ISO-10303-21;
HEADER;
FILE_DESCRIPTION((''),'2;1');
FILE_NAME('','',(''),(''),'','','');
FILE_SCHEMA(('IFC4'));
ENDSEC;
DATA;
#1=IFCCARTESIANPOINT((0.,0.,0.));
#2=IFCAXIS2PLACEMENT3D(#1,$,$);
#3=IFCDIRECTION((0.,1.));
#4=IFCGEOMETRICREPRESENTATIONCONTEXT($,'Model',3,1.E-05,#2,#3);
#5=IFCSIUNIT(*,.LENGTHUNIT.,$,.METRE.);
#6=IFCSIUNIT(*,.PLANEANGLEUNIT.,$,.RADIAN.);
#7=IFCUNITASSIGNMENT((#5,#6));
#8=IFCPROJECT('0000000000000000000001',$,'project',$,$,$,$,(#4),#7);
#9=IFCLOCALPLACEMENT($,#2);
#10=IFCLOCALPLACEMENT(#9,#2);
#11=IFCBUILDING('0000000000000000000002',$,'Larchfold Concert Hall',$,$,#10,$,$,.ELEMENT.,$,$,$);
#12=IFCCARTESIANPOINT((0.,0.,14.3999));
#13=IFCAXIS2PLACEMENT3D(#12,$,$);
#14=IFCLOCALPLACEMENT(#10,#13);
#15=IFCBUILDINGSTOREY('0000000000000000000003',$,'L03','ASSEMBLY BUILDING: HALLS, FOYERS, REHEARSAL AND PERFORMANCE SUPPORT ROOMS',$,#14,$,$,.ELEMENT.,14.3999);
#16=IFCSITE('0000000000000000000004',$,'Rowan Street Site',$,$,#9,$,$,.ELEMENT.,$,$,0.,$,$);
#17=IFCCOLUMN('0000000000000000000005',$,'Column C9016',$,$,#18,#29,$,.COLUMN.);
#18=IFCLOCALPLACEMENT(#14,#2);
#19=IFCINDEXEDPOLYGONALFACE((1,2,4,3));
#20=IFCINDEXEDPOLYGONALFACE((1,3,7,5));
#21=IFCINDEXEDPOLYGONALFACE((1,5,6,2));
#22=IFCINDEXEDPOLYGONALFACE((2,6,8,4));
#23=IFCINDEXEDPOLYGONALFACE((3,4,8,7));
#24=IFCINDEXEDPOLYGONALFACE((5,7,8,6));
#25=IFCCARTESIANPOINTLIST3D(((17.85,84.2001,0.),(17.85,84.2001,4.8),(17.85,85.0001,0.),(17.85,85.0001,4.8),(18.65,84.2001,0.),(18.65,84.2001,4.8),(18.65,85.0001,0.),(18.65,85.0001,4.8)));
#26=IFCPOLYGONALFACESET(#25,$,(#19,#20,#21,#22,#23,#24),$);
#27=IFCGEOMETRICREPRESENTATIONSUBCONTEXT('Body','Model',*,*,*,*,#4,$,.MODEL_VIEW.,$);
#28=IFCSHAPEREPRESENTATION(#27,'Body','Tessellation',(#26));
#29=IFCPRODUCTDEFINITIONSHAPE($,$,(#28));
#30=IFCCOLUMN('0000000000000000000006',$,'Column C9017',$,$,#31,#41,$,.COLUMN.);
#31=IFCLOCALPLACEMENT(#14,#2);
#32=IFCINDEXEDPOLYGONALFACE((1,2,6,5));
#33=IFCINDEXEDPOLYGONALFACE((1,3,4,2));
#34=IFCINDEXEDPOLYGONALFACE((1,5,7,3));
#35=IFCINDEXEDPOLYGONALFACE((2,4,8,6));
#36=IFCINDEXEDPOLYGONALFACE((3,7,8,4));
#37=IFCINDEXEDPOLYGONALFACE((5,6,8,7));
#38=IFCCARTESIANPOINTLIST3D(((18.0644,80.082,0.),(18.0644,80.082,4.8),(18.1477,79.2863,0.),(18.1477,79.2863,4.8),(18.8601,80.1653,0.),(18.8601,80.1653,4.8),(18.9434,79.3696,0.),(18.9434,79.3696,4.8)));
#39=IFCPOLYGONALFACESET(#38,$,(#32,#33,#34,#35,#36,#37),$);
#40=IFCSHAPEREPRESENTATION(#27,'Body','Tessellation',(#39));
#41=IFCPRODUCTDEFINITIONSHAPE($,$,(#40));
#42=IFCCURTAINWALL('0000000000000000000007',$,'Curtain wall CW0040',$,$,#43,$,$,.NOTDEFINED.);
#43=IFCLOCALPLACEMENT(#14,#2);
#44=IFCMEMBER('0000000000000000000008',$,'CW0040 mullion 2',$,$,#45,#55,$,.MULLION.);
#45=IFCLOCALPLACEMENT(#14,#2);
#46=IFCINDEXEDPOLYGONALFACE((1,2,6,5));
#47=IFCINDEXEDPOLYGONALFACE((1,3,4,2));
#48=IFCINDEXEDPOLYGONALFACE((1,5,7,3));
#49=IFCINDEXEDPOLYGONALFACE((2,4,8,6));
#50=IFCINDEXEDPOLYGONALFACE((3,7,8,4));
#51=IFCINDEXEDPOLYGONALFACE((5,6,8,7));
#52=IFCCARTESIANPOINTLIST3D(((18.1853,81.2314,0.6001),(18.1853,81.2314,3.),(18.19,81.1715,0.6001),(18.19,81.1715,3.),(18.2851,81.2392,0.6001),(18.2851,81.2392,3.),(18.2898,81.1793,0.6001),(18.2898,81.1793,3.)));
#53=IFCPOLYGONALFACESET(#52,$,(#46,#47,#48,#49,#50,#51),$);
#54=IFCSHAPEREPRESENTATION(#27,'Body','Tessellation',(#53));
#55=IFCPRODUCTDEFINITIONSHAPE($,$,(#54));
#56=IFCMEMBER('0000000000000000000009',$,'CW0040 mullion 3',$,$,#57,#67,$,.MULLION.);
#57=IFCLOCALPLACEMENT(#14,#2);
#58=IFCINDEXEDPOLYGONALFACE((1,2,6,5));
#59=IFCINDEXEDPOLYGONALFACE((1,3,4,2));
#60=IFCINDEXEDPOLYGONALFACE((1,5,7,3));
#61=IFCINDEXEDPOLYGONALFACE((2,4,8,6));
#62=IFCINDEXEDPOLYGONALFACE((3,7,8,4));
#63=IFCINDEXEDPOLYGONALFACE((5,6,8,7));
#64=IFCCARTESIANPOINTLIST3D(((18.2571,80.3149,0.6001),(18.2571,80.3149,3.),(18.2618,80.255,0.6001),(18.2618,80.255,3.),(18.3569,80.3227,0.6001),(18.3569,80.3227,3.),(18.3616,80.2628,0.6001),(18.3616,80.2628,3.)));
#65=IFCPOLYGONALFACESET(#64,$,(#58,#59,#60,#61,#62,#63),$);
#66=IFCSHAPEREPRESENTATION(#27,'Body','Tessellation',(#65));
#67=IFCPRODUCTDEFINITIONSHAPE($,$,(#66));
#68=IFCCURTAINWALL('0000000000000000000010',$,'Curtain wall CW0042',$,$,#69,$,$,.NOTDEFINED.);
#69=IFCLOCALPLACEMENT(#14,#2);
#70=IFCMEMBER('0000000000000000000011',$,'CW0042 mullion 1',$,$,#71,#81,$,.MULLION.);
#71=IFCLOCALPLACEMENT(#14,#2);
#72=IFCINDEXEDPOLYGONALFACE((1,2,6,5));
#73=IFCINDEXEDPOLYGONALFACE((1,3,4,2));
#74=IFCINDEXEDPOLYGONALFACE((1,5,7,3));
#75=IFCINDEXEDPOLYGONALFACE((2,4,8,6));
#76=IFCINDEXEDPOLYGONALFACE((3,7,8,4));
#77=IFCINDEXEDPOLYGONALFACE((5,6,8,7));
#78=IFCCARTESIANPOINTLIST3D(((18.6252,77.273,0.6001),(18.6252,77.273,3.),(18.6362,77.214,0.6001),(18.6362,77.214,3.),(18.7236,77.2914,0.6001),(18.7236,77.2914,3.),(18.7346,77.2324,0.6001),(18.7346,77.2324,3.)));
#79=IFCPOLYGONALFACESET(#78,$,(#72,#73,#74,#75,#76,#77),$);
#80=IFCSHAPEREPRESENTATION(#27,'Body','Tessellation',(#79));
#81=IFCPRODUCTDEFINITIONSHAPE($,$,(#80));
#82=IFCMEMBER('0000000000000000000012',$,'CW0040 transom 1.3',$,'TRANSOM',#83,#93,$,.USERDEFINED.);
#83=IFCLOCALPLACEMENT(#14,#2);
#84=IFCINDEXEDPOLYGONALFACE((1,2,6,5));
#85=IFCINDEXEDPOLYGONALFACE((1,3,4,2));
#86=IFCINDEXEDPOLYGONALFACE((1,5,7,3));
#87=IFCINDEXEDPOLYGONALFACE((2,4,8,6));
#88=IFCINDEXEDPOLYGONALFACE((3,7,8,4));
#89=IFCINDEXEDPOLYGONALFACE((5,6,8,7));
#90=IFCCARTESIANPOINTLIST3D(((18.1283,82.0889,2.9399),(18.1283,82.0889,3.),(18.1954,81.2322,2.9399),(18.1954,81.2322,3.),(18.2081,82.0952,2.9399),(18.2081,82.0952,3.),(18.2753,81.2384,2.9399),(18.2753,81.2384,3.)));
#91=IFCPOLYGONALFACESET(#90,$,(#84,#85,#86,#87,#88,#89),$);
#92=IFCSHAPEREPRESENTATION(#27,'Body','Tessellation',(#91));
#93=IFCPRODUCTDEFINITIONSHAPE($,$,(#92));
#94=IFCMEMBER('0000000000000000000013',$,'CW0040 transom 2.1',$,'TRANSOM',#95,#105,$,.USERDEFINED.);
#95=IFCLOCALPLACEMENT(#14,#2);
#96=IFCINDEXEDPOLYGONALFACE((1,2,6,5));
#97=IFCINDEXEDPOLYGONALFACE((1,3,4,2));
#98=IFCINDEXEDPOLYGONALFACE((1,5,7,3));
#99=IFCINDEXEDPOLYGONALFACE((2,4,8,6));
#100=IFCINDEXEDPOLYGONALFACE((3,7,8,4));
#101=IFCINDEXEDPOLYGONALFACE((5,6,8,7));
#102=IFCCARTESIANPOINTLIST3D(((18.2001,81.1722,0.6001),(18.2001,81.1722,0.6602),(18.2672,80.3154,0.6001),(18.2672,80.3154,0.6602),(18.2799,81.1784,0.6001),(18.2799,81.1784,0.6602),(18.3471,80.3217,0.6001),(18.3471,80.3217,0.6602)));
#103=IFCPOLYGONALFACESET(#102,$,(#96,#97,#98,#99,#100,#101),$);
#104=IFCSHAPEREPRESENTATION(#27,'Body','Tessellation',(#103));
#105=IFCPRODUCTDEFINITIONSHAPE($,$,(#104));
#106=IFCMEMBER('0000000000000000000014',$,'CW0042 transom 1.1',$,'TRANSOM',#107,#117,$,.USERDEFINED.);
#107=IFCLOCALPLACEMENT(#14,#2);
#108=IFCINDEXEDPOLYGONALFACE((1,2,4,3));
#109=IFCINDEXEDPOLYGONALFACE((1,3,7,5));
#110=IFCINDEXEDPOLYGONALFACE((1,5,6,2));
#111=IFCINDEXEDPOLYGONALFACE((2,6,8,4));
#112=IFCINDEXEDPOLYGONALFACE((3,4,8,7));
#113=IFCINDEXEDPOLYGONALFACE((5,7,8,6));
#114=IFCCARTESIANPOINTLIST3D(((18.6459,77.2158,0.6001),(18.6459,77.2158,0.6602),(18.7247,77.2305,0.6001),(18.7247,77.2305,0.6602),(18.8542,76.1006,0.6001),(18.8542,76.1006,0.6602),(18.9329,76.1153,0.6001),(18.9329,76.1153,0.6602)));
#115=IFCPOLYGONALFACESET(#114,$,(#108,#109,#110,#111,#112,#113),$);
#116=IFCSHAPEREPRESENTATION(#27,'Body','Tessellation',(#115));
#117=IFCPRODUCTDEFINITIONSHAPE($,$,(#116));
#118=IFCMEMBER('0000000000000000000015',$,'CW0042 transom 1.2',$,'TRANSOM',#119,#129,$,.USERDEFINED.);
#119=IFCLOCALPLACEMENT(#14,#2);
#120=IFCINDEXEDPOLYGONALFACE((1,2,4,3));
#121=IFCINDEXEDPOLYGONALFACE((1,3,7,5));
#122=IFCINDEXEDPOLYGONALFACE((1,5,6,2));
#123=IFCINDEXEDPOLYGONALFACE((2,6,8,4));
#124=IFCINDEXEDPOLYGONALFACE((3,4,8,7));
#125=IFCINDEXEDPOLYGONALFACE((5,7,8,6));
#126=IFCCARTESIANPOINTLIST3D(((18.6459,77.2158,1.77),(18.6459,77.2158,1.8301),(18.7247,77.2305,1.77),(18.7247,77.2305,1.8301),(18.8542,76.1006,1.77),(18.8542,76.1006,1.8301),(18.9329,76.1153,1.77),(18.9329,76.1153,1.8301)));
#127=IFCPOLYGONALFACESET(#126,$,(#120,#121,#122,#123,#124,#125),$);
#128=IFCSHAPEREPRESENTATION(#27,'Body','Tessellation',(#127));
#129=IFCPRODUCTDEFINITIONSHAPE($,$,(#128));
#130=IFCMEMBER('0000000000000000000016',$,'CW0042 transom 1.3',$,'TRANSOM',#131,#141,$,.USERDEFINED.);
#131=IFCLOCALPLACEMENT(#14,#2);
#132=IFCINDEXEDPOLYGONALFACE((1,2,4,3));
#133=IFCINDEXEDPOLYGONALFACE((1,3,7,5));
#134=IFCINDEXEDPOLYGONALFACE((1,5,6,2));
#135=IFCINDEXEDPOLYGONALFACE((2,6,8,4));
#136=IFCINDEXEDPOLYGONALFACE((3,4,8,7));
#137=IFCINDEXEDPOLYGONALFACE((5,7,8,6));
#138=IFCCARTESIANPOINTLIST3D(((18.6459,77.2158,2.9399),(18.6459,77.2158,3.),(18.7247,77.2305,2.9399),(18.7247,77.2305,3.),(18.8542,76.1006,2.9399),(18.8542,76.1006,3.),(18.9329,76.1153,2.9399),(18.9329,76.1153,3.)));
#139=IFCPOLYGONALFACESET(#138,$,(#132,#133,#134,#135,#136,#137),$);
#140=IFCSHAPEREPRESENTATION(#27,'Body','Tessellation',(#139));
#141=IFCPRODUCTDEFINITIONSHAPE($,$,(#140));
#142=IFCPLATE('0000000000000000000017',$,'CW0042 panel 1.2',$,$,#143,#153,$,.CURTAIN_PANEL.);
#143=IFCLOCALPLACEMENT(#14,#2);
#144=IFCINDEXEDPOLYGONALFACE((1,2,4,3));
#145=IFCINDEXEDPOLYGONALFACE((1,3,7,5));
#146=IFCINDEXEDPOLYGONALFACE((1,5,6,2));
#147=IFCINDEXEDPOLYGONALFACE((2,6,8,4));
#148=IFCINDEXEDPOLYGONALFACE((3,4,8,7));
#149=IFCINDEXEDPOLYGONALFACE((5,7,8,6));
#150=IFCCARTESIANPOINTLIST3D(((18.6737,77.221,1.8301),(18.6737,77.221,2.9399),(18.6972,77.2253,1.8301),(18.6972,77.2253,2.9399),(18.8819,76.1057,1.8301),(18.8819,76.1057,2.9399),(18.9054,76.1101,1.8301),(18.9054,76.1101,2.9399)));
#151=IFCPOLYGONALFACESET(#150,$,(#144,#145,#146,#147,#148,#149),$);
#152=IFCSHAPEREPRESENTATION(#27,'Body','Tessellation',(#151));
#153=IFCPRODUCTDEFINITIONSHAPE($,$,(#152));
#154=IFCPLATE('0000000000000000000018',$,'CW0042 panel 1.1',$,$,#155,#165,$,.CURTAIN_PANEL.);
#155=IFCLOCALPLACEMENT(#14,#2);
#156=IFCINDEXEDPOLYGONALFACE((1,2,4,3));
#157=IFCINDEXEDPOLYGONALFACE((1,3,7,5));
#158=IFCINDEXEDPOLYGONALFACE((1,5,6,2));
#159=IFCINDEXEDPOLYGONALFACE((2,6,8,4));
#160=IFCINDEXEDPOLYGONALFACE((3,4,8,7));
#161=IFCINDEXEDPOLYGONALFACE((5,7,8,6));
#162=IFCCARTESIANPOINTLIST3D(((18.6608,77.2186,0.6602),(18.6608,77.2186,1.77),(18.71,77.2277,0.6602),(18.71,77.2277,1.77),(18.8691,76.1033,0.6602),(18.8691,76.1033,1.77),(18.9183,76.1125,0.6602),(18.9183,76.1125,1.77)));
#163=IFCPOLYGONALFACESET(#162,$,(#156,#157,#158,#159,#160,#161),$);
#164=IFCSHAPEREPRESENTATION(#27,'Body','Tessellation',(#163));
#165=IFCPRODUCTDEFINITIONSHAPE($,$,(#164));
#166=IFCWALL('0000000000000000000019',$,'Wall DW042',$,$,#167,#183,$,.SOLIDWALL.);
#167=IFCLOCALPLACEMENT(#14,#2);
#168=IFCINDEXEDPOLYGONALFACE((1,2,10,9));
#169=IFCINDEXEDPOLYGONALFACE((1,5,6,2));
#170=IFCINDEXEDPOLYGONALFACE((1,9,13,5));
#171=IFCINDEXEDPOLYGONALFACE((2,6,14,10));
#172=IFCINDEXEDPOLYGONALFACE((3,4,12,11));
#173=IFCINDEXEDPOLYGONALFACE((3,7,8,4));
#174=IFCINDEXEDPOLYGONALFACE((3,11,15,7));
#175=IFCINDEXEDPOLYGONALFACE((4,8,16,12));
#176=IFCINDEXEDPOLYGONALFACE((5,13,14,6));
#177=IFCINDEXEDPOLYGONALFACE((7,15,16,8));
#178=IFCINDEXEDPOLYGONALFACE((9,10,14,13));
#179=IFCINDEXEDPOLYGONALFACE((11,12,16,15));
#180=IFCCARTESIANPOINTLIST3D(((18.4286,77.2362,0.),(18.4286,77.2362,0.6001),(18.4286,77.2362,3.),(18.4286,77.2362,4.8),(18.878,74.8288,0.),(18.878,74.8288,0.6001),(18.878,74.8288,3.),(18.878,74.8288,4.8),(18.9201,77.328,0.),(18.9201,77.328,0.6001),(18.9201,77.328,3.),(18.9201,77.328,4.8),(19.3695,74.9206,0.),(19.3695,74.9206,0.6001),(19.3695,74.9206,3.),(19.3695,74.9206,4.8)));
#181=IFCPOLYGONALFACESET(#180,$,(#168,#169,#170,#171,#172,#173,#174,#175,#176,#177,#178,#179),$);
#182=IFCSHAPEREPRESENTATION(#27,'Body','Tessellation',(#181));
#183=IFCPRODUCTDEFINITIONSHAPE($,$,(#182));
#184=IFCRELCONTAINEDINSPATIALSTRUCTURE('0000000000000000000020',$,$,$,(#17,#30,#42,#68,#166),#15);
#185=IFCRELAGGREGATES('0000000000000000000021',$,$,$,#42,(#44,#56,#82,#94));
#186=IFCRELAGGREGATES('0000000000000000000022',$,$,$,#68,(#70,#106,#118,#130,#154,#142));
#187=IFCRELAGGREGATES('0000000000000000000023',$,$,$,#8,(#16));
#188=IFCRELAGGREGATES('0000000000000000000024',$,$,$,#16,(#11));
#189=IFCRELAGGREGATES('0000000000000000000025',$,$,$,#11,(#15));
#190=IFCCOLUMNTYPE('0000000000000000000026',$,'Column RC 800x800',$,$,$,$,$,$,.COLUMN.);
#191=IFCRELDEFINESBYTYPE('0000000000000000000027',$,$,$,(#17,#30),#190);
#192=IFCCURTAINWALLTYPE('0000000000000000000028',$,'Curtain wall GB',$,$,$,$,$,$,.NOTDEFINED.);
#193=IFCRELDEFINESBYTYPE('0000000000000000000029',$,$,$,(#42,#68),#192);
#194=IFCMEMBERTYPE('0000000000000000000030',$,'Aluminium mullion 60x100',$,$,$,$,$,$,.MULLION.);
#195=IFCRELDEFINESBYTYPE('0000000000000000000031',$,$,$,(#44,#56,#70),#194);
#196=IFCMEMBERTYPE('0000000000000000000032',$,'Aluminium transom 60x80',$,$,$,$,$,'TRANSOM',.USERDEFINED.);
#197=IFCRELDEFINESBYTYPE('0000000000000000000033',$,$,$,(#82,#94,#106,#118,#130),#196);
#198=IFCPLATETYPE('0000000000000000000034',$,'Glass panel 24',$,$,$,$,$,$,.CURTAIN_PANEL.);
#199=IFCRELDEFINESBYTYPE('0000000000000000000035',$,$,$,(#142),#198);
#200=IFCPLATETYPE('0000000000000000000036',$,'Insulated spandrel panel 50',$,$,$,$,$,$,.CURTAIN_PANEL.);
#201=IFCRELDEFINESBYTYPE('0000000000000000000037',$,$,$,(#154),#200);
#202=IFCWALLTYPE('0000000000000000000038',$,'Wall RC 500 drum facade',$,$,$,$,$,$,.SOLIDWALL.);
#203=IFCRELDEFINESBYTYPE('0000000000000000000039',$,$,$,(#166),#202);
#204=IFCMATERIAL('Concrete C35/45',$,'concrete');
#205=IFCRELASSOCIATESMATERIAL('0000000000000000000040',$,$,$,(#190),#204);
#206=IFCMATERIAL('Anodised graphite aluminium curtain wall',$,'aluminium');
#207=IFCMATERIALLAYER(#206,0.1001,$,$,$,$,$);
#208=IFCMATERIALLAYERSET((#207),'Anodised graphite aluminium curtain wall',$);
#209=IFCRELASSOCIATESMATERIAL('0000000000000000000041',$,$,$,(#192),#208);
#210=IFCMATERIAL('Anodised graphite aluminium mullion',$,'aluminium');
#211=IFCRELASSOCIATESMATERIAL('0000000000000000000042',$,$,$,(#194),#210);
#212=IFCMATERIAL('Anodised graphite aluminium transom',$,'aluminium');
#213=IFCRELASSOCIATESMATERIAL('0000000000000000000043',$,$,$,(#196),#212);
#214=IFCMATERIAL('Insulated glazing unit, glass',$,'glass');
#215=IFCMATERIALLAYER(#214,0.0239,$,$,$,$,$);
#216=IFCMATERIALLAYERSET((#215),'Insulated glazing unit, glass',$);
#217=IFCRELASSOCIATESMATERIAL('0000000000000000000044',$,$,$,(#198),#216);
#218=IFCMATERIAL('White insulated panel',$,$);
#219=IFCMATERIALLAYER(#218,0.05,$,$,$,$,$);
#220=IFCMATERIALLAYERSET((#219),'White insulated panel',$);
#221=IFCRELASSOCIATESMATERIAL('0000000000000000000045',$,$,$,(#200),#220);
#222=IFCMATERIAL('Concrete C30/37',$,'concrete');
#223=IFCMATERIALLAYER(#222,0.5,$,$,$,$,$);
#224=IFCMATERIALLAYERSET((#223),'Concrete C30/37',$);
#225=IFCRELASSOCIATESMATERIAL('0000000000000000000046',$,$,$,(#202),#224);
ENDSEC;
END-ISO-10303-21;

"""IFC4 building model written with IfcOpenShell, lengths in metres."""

from ifc_helpers import new_model, si_unit, direction, frame, frame_2d, origin, origin_2d, place, context, subcontext, project, spatial, rectangle, extrude, material, layer, layer_set, material_profile, profile_set, type_object, element, fill, aggregate, save


model = new_model("IFC4")

# Units and contexts
model_context = context("Model", 3, precision=1e-05, world=origin(), true_north=direction((0.0, 1.0)))
body_context = subcontext(model_context, "Body", "Model", "MODEL_VIEW")
ifc_project = project(units=[si_unit("LENGTHUNIT", "METRE"), si_unit("PLANEANGLEUNIT", "RADIAN")], contexts=[model_context])

# Site, building, storey
site_placement = place(None, origin())
site = spatial("IfcSite", under=ifc_project, at=site_placement, Name="Rowan Street Site", CompositionType="ELEMENT", RefElevation=0.0)
building_placement = place(site_placement, origin())
building = spatial("IfcBuilding", under=site, at=building_placement, Name="Larchfold Concert Hall", CompositionType="ELEMENT")
storey_placement = place(building_placement, frame((0.0, 0.0, 14.3999)))
storey = spatial("IfcBuildingStorey", under=building, at=storey_placement, Name="L03", Description="ASSEMBLY BUILDING: HALLS, FOYERS, REHEARSAL AND PERFORMANCE SUPPORT ROOMS", CompositionType="ELEMENT", Elevation=14.3999)

# Columns
ifc_material_1 = material(Name="Concrete C35/45", Category="concrete")
ifc_material_profile_1 = material_profile(ifc_material_1, rectangle(XDim=0.8, YDim=0.8, at=origin_2d()))
ifc_profile_set_1 = profile_set([ifc_material_profile_1], Name="Concrete C35/45")
column_type = type_object("IfcColumnType", Name="Column RC 800x800", PredefinedType="COLUMN", material=ifc_profile_set_1)
for number, where, z_axis, x_axis, name in (
    (1, (18.25, 84.6001, 0.0), (0.0, 0.0, 1.0), (0.000002, 1.0, 0.0), "Column C9016"),
    (2, (18.5039, 79.7258, 0.0), (0.0, 0.0, 1.0), (0.994561, 0.104152, 0.0), "Column C9017"),
):
    element("IfcColumn", number, at=place(storey_placement, frame(where, z_axis=z_axis, x_axis=x_axis)), inside=storey, type_object=column_type, Name=name, PredefinedType="COLUMN", context=body_context, shape_type="SweptSolid", body=[
        extrude(rectangle(XDim=0.8, YDim=0.8, at=origin_2d()), origin(), (0.0, 0.0, 1.0), 4.8),
    ])

# Curtain wall, members
ifc_material_2 = material(Name="Anodised graphite aluminium curtain wall", Category="aluminium")
ifc_layer_1 = layer(ifc_material_2, 0.1001)
ifc_layer_set_1 = layer_set([ifc_layer_1], Name="Anodised graphite aluminium curtain wall")
curtain_wall_type = type_object("IfcCurtainWallType", Name="Curtain wall GB", PredefinedType="NOTDEFINED", material=ifc_layer_set_1)
curtain_wall_1_placement = place(storey_placement, origin())
curtain_wall_1 = element("IfcCurtainWall", 3, at=curtain_wall_1_placement, inside=storey, type_object=curtain_wall_type, Name="Curtain wall CW0040", PredefinedType="NOTDEFINED")
ifc_material_3 = material(Name="Anodised graphite aluminium mullion", Category="aluminium")
ifc_material_profile_2 = material_profile(ifc_material_3, rectangle(XDim=0.1001, YDim=0.0601, at=origin_2d()))
ifc_profile_set_2 = profile_set([ifc_material_profile_2], Name="Anodised graphite aluminium mullion")
member_type_1 = type_object("IfcMemberType", Name="Aluminium mullion 60x100", PredefinedType="MULLION", material=ifc_profile_set_2)
member_1_placement = place(storey_placement, frame((18.2375, 81.2053, 0.6001), z_axis=(0.0, 0.0, 1.0), x_axis=(0.99695, 0.078043, 0.0)))
member_1 = element("IfcMember", 4, at=member_1_placement, type_object=member_type_1, Name="CW0040 mullion 2", PredefinedType="MULLION", context=body_context, shape_type="SweptSolid", body=[
    extrude(rectangle(XDim=0.1001, YDim=0.0601, at=origin_2d()), origin(), (0.0, 0.0, 1.0), 2.3999),
])
member_2_placement = place(storey_placement, frame((18.3093, 80.2888, 0.6001), z_axis=(0.0, 0.0, 1.0), x_axis=(0.99695, 0.078043, 0.0)))
member_2 = element("IfcMember", 5, at=member_2_placement, type_object=member_type_1, Name="CW0040 mullion 3", PredefinedType="MULLION", context=body_context, shape_type="SweptSolid", body=[
    extrude(rectangle(XDim=0.1001, YDim=0.0601, at=origin_2d()), origin(), (0.0, 0.0, 1.0), 2.3999),
])

# Curtain wall, member
curtain_wall_2_placement = place(storey_placement, origin())
curtain_wall_2 = element("IfcCurtainWall", 6, at=curtain_wall_2_placement, inside=storey, type_object=curtain_wall_type, Name="Curtain wall CW0042", PredefinedType="NOTDEFINED")
member_3_placement = place(storey_placement, frame((18.6799, 77.2527, 0.6001), z_axis=(0.0, 0.0, 1.0), x_axis=(0.983015, 0.183524, 0.0)))
member_3 = element("IfcMember", 7, at=member_3_placement, type_object=member_type_1, Name="CW0042 mullion 1", PredefinedType="MULLION", context=body_context, shape_type="SweptSolid", body=[
    extrude(rectangle(XDim=0.1001, YDim=0.0601, at=origin_2d()), origin(), (0.0, 0.0, 1.0), 2.3999),
])

# Members
ifc_material_4 = material(Name="Anodised graphite aluminium transom", Category="aluminium")
ifc_material_profile_3 = material_profile(ifc_material_4, rectangle(XDim=0.0801, YDim=0.0601, at=origin_2d()))
ifc_profile_set_3 = profile_set([ifc_material_profile_3], Name="Anodised graphite aluminium transom")
member_type_2 = type_object("IfcMemberType", Name="Aluminium transom 60x80", ElementType="TRANSOM", PredefinedType="USERDEFINED", material=ifc_profile_set_3)
member_4_placement = place(storey_placement, frame((18.1682, 82.092, 2.97), z_axis=(0.07813, -0.996943, 0.0), x_axis=(0.996943, 0.07813, 0.0)))
member_4 = element("IfcMember", 8, at=member_4_placement, type_object=member_type_2, Name="CW0040 transom 1.3", ObjectType="TRANSOM", PredefinedType="USERDEFINED", context=body_context, shape_type="SweptSolid", body=[
    extrude(rectangle(XDim=0.0801, YDim=0.0601, at=origin_2d()), origin(), (0.0, 0.0, 1.0), 0.8594),
])
member_5_placement = place(storey_placement, frame((18.24, 81.1753, 0.6301), z_axis=(0.07813, -0.996943, 0.0), x_axis=(0.996943, 0.07813, 0.0)))
member_5 = element("IfcMember", 9, at=member_5_placement, type_object=member_type_2, Name="CW0040 transom 2.1", ObjectType="TRANSOM", PredefinedType="USERDEFINED", context=body_context, shape_type="SweptSolid", body=[
    extrude(rectangle(XDim=0.0801, YDim=0.0601, at=origin_2d()), origin(), (0.0, 0.0, 1.0), 0.8594),
])
member_6_placement = place(storey_placement, frame((18.6853, 77.2231, 0.6301), z_axis=(0.183561, -0.983008, 0.0), x_axis=(0.983008, 0.183561, 0.0)))
member_6 = element("IfcMember", 10, at=member_6_placement, type_object=member_type_2, Name="CW0042 transom 1.1", ObjectType="TRANSOM", PredefinedType="USERDEFINED", context=body_context, shape_type="SweptSolid", body=[
    extrude(rectangle(XDim=0.0801, YDim=0.0601, at=origin_2d()), origin(), (0.0, 0.0, 1.0), 1.1345),
])
member_7_placement = place(storey_placement, frame((18.6853, 77.2231, 1.8), z_axis=(0.183561, -0.983008, 0.0), x_axis=(0.983008, 0.183561, 0.0)))
member_7 = element("IfcMember", 11, at=member_7_placement, type_object=member_type_2, Name="CW0042 transom 1.2", ObjectType="TRANSOM", PredefinedType="USERDEFINED", context=body_context, shape_type="SweptSolid", body=[
    extrude(rectangle(XDim=0.0801, YDim=0.0601, at=origin_2d()), origin(), (0.0, 0.0, 1.0), 1.1345),
])
member_8_placement = place(storey_placement, frame((18.6853, 77.2231, 2.97), z_axis=(0.183561, -0.983008, 0.0), x_axis=(0.983008, 0.183561, 0.0)))
member_8 = element("IfcMember", 12, at=member_8_placement, type_object=member_type_2, Name="CW0042 transom 1.3", ObjectType="TRANSOM", PredefinedType="USERDEFINED", context=body_context, shape_type="SweptSolid", body=[
    extrude(rectangle(XDim=0.0801, YDim=0.0601, at=origin_2d()), origin(), (0.0, 0.0, 1.0), 1.1345),
])

# Plates
ifc_material_5 = material(Name="Insulated glazing unit, glass", Category="glass")
ifc_layer_2 = layer(ifc_material_5, 0.0239)
ifc_layer_set_2 = layer_set([ifc_layer_2], Name="Insulated glazing unit, glass")
plate_type_1 = type_object("IfcPlateType", Name="Glass panel 24", PredefinedType="CURTAIN_PANEL", material=ifc_layer_set_2)
plate_1_placement = place(storey_placement, frame((18.7896, 76.6655, 1.8301), z_axis=(0.0, 0.0, 1.0), x_axis=(0.183524, -0.983015, 0.0)))
plate_1 = element("IfcPlate", 13, at=plate_1_placement, type_object=plate_type_1, Name="CW0042 panel 1.2", PredefinedType="CURTAIN_PANEL", context=body_context, shape_type="SweptSolid", body=[
    extrude(rectangle(XDim=1.1345, YDim=0.0239, at=origin_2d()), origin(), (0.0, 0.0, 1.0), 1.1099),
])
ifc_material_6 = material(Name="White insulated panel")
ifc_layer_3 = layer(ifc_material_6, 0.05)
ifc_layer_set_3 = layer_set([ifc_layer_3], Name="White insulated panel")
plate_type_2 = type_object("IfcPlateType", Name="Insulated spandrel panel 50", PredefinedType="CURTAIN_PANEL", material=ifc_layer_set_3)
aggregate(curtain_wall_1, [member_1, member_2, member_4, member_5])
plate_2_placement = place(storey_placement, frame((18.7896, 76.6655, 0.6602), z_axis=(0.0, 0.0, 1.0), x_axis=(0.183524, -0.983015, 0.0)))
plate_2 = element("IfcPlate", 14, at=plate_2_placement, type_object=plate_type_2, Name="CW0042 panel 1.1", PredefinedType="CURTAIN_PANEL", context=body_context, shape_type="SweptSolid", body=[
    extrude(rectangle(XDim=1.1345, YDim=0.05, at=origin_2d()), origin(), (0.0, 0.0, 1.0), 1.1099),
])
aggregate(curtain_wall_2, [member_3, member_6, member_7, member_8, plate_2, plate_1])

# Wall, opening
ifc_material_7 = material(Name="Concrete C30/37", Category="concrete")
ifc_layer_4 = layer(ifc_material_7, 0.5)
ifc_layer_set_4 = layer_set([ifc_layer_4], Name="Concrete C30/37")
wall_type = type_object("IfcWallType", Name="Wall RC 500 drum facade", PredefinedType="SOLIDWALL", material=ifc_layer_set_4)
wall_1_placement = place(storey_placement, frame((18.6743, 77.2822, 0.0), z_axis=(0.0, 0.0, 1.0), x_axis=(0.183524, -0.983015, 0.0)))
wall_1 = element("IfcWall", 15, at=wall_1_placement, inside=storey, type_object=wall_type, Name="Wall DW042", PredefinedType="SOLIDWALL", context=body_context, shape_type="SweptSolid", body=[
    extrude(rectangle(XDim=2.449, YDim=0.5, at=frame_2d((1.2246, 0.0))), origin(), (0.0, 0.0, 1.0), 4.8),
])
opening_1_placement = place(wall_1_placement, frame((0.0, 0.0, 0.6001)))
opening_1 = element("IfcOpeningElement", 16, at=opening_1_placement, cuts=wall_1, PredefinedType="OPENING", context=body_context, shape_type="SweptSolid", body=[
    extrude(rectangle(XDim=2.449, YDim=2.3999, at=frame_2d((1.2246, 1.2))), frame((0.0, 0.26, 0.0), z_axis=(0.0, -1.0, 0.0), x_axis=(1.0, 0.0, 0.0)), (0.0, 0.0, 1.0), 0.52),
])
fill(opening_1, curtain_wall_2)

save(model, "model.ifc")
